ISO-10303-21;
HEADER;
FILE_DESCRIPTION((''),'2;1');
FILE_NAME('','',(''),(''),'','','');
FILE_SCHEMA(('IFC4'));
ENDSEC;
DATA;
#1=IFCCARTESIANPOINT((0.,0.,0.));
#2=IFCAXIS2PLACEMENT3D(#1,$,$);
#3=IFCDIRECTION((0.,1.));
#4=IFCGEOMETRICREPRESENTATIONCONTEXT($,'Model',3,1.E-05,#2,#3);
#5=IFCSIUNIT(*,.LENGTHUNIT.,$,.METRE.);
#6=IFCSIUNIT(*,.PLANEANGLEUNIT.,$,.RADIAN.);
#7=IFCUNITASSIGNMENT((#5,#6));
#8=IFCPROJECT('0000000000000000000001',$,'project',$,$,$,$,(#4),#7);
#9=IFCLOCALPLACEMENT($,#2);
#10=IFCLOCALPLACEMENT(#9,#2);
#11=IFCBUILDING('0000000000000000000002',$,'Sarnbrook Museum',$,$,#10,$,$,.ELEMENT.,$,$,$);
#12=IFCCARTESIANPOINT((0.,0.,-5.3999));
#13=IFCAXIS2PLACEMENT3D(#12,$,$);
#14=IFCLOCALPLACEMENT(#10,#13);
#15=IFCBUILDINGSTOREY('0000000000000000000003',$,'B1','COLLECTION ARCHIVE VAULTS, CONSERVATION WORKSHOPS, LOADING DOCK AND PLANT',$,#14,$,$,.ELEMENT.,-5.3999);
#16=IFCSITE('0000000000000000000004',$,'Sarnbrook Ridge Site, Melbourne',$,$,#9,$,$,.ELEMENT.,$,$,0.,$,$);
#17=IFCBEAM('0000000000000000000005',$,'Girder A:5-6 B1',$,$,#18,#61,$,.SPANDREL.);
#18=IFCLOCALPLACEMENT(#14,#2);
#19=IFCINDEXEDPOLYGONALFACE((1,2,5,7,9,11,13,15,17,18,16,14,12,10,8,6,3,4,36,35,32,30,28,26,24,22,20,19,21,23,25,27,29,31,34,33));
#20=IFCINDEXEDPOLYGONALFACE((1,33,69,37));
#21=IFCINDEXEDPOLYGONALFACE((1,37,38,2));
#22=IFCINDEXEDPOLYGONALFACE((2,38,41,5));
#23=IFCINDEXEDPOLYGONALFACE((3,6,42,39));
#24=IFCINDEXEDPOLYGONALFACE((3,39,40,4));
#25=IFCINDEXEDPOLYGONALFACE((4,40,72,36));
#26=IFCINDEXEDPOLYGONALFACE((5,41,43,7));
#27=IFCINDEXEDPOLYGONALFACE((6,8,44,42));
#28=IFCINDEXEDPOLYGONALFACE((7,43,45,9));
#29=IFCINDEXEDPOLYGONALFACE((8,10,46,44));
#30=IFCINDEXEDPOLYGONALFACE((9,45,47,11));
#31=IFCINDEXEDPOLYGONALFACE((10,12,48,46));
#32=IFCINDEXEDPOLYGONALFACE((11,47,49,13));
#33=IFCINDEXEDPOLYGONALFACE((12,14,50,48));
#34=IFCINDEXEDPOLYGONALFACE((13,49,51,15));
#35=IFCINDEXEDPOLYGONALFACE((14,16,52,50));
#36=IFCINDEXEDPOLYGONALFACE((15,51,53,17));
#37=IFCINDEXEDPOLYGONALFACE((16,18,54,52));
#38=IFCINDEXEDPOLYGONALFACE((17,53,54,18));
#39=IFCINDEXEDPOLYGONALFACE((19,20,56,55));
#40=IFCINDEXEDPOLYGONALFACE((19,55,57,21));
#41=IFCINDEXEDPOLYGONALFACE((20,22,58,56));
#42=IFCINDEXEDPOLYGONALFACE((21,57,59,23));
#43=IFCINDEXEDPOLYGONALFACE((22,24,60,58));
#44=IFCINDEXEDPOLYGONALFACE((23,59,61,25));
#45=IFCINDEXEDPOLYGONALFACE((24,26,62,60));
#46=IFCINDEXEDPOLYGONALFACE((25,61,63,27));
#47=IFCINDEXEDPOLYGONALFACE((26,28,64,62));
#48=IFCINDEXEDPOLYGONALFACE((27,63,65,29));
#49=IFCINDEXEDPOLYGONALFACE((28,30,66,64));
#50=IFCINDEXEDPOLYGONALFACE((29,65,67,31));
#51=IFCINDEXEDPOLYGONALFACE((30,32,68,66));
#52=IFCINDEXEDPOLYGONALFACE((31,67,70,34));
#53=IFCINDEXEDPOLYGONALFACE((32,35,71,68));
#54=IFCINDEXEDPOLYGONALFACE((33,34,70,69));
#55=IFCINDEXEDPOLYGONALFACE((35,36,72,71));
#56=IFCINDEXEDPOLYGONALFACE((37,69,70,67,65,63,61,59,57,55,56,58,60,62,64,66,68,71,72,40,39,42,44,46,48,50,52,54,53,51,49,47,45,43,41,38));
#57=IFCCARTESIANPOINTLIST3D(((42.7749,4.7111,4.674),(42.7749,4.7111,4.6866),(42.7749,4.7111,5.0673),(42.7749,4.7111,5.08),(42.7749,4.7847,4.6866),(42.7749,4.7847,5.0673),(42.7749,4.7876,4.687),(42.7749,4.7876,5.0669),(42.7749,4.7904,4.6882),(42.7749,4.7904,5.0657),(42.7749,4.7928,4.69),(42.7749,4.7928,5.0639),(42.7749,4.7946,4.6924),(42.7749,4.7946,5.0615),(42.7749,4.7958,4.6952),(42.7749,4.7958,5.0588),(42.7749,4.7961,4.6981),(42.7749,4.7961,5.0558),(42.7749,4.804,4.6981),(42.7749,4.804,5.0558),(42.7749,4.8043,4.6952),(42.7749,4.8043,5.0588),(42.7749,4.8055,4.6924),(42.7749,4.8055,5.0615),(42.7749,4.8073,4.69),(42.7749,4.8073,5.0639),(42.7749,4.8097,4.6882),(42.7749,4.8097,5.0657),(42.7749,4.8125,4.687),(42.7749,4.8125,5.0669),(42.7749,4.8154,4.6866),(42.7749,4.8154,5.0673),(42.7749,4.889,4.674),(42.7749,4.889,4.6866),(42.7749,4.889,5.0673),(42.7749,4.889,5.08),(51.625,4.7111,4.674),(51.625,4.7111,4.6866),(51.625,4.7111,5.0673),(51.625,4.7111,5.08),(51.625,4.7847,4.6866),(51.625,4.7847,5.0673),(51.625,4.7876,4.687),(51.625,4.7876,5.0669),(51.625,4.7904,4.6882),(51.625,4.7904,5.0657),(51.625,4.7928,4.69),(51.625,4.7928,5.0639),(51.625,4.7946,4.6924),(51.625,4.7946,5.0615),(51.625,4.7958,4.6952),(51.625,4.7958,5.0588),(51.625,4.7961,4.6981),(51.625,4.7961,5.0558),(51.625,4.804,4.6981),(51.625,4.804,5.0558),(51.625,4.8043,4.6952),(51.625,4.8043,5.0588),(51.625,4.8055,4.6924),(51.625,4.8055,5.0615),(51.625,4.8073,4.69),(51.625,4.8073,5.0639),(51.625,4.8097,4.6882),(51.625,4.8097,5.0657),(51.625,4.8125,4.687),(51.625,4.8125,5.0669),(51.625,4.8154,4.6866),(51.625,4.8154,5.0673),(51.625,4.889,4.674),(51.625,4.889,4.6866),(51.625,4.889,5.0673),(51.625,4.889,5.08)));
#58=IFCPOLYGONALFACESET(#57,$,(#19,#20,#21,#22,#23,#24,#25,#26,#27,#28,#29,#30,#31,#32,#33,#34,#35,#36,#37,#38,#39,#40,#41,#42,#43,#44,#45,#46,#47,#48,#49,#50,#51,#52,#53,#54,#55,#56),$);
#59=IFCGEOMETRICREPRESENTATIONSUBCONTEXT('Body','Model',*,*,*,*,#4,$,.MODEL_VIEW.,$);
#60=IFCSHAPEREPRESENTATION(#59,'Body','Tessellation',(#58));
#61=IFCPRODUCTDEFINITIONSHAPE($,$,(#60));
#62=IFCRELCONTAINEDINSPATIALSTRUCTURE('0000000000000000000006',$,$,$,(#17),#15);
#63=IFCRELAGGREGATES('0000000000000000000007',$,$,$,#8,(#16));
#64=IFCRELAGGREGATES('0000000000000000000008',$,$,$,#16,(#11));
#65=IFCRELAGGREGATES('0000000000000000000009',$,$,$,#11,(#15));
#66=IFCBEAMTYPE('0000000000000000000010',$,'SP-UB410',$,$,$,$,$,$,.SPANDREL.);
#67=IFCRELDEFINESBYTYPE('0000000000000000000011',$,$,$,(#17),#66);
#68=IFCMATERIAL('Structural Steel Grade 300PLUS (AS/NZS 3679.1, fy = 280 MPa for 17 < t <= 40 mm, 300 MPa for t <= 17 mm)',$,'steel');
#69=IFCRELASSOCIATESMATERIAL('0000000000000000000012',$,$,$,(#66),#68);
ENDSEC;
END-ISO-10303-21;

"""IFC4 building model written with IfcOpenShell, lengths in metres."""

from ifc_helpers import new_model, si_unit, direction, frame, origin, origin_2d, place, context, subcontext, project, spatial, i_section, extrude, material, material_profile, profile_set, type_object, element, save


model = new_model("IFC4")

# Units and contexts
model_context = context("Model", 3, precision=1e-05, world=origin(), true_north=direction((0.0, 1.0)))
body_context = subcontext(model_context, "Body", "Model", "MODEL_VIEW")
ifc_project = project(units=[si_unit("LENGTHUNIT", "METRE"), si_unit("PLANEANGLEUNIT", "RADIAN")], contexts=[model_context])

# Site, building, storey
site_placement = place(None, origin())
site = spatial("IfcSite", under=ifc_project, at=site_placement, Name="Sarnbrook Ridge Site, Melbourne", CompositionType="ELEMENT", RefElevation=0.0)
building_placement = place(site_placement, origin())
building = spatial("IfcBuilding", under=site, at=building_placement, Name="Sarnbrook Museum", CompositionType="ELEMENT")
storey_placement = place(building_placement, frame((0.0, 0.0, -5.3999)))
storey = spatial("IfcBuildingStorey", under=building, at=storey_placement, Name="B1", Description="COLLECTION ARCHIVE VAULTS, CONSERVATION WORKSHOPS, LOADING DOCK AND PLANT", CompositionType="ELEMENT", Elevation=-5.3999)

# Beam
ifc_material_1 = material(Name="Structural Steel Grade 300PLUS (AS/NZS 3679.1, fy = 280 MPa for 17 < t <= 40 mm, 300 MPa for t <= 17 mm)", Category="steel")
ifc_material_profile_1 = material_profile(ifc_material_1, i_section(OverallWidth=0.178, OverallDepth=0.406, WebThickness=0.0078, FlangeThickness=0.0127, FilletRadius=0.0115, at=origin_2d()), Name="410UB59.7")
ifc_profile_set_1 = profile_set([ifc_material_profile_1], Name="Structural Steel Grade 300PLUS (AS/NZS 3679.1, fy = 280 MPa for 17 < t <= 40 mm, 300 MPa for t <= 17 mm)")
beam_type_1 = type_object("IfcBeamType", Name="SP-UB410", PredefinedType="SPANDREL", material=ifc_profile_set_1)
beam_1_placement = place(storey_placement, frame((42.7749, 4.8, 4.877), z_axis=(1.0, 0.0, 0.0), x_axis=(0.0, 1.0, 0.0)))
element("IfcBeam", 1, at=beam_1_placement, inside=storey, type_object=beam_type_1, Name="Girder A:5-6 B1", PredefinedType="SPANDREL", context=body_context, shape_type="SweptSolid", body=[
    extrude(i_section(OverallWidth=0.178, OverallDepth=0.406, WebThickness=0.0078, FlangeThickness=0.0127, FilletRadius=0.0115, at=origin_2d()), origin(), (0.0, 0.0, 1.0), 8.8501),
])

save(model, "model.ifc")
